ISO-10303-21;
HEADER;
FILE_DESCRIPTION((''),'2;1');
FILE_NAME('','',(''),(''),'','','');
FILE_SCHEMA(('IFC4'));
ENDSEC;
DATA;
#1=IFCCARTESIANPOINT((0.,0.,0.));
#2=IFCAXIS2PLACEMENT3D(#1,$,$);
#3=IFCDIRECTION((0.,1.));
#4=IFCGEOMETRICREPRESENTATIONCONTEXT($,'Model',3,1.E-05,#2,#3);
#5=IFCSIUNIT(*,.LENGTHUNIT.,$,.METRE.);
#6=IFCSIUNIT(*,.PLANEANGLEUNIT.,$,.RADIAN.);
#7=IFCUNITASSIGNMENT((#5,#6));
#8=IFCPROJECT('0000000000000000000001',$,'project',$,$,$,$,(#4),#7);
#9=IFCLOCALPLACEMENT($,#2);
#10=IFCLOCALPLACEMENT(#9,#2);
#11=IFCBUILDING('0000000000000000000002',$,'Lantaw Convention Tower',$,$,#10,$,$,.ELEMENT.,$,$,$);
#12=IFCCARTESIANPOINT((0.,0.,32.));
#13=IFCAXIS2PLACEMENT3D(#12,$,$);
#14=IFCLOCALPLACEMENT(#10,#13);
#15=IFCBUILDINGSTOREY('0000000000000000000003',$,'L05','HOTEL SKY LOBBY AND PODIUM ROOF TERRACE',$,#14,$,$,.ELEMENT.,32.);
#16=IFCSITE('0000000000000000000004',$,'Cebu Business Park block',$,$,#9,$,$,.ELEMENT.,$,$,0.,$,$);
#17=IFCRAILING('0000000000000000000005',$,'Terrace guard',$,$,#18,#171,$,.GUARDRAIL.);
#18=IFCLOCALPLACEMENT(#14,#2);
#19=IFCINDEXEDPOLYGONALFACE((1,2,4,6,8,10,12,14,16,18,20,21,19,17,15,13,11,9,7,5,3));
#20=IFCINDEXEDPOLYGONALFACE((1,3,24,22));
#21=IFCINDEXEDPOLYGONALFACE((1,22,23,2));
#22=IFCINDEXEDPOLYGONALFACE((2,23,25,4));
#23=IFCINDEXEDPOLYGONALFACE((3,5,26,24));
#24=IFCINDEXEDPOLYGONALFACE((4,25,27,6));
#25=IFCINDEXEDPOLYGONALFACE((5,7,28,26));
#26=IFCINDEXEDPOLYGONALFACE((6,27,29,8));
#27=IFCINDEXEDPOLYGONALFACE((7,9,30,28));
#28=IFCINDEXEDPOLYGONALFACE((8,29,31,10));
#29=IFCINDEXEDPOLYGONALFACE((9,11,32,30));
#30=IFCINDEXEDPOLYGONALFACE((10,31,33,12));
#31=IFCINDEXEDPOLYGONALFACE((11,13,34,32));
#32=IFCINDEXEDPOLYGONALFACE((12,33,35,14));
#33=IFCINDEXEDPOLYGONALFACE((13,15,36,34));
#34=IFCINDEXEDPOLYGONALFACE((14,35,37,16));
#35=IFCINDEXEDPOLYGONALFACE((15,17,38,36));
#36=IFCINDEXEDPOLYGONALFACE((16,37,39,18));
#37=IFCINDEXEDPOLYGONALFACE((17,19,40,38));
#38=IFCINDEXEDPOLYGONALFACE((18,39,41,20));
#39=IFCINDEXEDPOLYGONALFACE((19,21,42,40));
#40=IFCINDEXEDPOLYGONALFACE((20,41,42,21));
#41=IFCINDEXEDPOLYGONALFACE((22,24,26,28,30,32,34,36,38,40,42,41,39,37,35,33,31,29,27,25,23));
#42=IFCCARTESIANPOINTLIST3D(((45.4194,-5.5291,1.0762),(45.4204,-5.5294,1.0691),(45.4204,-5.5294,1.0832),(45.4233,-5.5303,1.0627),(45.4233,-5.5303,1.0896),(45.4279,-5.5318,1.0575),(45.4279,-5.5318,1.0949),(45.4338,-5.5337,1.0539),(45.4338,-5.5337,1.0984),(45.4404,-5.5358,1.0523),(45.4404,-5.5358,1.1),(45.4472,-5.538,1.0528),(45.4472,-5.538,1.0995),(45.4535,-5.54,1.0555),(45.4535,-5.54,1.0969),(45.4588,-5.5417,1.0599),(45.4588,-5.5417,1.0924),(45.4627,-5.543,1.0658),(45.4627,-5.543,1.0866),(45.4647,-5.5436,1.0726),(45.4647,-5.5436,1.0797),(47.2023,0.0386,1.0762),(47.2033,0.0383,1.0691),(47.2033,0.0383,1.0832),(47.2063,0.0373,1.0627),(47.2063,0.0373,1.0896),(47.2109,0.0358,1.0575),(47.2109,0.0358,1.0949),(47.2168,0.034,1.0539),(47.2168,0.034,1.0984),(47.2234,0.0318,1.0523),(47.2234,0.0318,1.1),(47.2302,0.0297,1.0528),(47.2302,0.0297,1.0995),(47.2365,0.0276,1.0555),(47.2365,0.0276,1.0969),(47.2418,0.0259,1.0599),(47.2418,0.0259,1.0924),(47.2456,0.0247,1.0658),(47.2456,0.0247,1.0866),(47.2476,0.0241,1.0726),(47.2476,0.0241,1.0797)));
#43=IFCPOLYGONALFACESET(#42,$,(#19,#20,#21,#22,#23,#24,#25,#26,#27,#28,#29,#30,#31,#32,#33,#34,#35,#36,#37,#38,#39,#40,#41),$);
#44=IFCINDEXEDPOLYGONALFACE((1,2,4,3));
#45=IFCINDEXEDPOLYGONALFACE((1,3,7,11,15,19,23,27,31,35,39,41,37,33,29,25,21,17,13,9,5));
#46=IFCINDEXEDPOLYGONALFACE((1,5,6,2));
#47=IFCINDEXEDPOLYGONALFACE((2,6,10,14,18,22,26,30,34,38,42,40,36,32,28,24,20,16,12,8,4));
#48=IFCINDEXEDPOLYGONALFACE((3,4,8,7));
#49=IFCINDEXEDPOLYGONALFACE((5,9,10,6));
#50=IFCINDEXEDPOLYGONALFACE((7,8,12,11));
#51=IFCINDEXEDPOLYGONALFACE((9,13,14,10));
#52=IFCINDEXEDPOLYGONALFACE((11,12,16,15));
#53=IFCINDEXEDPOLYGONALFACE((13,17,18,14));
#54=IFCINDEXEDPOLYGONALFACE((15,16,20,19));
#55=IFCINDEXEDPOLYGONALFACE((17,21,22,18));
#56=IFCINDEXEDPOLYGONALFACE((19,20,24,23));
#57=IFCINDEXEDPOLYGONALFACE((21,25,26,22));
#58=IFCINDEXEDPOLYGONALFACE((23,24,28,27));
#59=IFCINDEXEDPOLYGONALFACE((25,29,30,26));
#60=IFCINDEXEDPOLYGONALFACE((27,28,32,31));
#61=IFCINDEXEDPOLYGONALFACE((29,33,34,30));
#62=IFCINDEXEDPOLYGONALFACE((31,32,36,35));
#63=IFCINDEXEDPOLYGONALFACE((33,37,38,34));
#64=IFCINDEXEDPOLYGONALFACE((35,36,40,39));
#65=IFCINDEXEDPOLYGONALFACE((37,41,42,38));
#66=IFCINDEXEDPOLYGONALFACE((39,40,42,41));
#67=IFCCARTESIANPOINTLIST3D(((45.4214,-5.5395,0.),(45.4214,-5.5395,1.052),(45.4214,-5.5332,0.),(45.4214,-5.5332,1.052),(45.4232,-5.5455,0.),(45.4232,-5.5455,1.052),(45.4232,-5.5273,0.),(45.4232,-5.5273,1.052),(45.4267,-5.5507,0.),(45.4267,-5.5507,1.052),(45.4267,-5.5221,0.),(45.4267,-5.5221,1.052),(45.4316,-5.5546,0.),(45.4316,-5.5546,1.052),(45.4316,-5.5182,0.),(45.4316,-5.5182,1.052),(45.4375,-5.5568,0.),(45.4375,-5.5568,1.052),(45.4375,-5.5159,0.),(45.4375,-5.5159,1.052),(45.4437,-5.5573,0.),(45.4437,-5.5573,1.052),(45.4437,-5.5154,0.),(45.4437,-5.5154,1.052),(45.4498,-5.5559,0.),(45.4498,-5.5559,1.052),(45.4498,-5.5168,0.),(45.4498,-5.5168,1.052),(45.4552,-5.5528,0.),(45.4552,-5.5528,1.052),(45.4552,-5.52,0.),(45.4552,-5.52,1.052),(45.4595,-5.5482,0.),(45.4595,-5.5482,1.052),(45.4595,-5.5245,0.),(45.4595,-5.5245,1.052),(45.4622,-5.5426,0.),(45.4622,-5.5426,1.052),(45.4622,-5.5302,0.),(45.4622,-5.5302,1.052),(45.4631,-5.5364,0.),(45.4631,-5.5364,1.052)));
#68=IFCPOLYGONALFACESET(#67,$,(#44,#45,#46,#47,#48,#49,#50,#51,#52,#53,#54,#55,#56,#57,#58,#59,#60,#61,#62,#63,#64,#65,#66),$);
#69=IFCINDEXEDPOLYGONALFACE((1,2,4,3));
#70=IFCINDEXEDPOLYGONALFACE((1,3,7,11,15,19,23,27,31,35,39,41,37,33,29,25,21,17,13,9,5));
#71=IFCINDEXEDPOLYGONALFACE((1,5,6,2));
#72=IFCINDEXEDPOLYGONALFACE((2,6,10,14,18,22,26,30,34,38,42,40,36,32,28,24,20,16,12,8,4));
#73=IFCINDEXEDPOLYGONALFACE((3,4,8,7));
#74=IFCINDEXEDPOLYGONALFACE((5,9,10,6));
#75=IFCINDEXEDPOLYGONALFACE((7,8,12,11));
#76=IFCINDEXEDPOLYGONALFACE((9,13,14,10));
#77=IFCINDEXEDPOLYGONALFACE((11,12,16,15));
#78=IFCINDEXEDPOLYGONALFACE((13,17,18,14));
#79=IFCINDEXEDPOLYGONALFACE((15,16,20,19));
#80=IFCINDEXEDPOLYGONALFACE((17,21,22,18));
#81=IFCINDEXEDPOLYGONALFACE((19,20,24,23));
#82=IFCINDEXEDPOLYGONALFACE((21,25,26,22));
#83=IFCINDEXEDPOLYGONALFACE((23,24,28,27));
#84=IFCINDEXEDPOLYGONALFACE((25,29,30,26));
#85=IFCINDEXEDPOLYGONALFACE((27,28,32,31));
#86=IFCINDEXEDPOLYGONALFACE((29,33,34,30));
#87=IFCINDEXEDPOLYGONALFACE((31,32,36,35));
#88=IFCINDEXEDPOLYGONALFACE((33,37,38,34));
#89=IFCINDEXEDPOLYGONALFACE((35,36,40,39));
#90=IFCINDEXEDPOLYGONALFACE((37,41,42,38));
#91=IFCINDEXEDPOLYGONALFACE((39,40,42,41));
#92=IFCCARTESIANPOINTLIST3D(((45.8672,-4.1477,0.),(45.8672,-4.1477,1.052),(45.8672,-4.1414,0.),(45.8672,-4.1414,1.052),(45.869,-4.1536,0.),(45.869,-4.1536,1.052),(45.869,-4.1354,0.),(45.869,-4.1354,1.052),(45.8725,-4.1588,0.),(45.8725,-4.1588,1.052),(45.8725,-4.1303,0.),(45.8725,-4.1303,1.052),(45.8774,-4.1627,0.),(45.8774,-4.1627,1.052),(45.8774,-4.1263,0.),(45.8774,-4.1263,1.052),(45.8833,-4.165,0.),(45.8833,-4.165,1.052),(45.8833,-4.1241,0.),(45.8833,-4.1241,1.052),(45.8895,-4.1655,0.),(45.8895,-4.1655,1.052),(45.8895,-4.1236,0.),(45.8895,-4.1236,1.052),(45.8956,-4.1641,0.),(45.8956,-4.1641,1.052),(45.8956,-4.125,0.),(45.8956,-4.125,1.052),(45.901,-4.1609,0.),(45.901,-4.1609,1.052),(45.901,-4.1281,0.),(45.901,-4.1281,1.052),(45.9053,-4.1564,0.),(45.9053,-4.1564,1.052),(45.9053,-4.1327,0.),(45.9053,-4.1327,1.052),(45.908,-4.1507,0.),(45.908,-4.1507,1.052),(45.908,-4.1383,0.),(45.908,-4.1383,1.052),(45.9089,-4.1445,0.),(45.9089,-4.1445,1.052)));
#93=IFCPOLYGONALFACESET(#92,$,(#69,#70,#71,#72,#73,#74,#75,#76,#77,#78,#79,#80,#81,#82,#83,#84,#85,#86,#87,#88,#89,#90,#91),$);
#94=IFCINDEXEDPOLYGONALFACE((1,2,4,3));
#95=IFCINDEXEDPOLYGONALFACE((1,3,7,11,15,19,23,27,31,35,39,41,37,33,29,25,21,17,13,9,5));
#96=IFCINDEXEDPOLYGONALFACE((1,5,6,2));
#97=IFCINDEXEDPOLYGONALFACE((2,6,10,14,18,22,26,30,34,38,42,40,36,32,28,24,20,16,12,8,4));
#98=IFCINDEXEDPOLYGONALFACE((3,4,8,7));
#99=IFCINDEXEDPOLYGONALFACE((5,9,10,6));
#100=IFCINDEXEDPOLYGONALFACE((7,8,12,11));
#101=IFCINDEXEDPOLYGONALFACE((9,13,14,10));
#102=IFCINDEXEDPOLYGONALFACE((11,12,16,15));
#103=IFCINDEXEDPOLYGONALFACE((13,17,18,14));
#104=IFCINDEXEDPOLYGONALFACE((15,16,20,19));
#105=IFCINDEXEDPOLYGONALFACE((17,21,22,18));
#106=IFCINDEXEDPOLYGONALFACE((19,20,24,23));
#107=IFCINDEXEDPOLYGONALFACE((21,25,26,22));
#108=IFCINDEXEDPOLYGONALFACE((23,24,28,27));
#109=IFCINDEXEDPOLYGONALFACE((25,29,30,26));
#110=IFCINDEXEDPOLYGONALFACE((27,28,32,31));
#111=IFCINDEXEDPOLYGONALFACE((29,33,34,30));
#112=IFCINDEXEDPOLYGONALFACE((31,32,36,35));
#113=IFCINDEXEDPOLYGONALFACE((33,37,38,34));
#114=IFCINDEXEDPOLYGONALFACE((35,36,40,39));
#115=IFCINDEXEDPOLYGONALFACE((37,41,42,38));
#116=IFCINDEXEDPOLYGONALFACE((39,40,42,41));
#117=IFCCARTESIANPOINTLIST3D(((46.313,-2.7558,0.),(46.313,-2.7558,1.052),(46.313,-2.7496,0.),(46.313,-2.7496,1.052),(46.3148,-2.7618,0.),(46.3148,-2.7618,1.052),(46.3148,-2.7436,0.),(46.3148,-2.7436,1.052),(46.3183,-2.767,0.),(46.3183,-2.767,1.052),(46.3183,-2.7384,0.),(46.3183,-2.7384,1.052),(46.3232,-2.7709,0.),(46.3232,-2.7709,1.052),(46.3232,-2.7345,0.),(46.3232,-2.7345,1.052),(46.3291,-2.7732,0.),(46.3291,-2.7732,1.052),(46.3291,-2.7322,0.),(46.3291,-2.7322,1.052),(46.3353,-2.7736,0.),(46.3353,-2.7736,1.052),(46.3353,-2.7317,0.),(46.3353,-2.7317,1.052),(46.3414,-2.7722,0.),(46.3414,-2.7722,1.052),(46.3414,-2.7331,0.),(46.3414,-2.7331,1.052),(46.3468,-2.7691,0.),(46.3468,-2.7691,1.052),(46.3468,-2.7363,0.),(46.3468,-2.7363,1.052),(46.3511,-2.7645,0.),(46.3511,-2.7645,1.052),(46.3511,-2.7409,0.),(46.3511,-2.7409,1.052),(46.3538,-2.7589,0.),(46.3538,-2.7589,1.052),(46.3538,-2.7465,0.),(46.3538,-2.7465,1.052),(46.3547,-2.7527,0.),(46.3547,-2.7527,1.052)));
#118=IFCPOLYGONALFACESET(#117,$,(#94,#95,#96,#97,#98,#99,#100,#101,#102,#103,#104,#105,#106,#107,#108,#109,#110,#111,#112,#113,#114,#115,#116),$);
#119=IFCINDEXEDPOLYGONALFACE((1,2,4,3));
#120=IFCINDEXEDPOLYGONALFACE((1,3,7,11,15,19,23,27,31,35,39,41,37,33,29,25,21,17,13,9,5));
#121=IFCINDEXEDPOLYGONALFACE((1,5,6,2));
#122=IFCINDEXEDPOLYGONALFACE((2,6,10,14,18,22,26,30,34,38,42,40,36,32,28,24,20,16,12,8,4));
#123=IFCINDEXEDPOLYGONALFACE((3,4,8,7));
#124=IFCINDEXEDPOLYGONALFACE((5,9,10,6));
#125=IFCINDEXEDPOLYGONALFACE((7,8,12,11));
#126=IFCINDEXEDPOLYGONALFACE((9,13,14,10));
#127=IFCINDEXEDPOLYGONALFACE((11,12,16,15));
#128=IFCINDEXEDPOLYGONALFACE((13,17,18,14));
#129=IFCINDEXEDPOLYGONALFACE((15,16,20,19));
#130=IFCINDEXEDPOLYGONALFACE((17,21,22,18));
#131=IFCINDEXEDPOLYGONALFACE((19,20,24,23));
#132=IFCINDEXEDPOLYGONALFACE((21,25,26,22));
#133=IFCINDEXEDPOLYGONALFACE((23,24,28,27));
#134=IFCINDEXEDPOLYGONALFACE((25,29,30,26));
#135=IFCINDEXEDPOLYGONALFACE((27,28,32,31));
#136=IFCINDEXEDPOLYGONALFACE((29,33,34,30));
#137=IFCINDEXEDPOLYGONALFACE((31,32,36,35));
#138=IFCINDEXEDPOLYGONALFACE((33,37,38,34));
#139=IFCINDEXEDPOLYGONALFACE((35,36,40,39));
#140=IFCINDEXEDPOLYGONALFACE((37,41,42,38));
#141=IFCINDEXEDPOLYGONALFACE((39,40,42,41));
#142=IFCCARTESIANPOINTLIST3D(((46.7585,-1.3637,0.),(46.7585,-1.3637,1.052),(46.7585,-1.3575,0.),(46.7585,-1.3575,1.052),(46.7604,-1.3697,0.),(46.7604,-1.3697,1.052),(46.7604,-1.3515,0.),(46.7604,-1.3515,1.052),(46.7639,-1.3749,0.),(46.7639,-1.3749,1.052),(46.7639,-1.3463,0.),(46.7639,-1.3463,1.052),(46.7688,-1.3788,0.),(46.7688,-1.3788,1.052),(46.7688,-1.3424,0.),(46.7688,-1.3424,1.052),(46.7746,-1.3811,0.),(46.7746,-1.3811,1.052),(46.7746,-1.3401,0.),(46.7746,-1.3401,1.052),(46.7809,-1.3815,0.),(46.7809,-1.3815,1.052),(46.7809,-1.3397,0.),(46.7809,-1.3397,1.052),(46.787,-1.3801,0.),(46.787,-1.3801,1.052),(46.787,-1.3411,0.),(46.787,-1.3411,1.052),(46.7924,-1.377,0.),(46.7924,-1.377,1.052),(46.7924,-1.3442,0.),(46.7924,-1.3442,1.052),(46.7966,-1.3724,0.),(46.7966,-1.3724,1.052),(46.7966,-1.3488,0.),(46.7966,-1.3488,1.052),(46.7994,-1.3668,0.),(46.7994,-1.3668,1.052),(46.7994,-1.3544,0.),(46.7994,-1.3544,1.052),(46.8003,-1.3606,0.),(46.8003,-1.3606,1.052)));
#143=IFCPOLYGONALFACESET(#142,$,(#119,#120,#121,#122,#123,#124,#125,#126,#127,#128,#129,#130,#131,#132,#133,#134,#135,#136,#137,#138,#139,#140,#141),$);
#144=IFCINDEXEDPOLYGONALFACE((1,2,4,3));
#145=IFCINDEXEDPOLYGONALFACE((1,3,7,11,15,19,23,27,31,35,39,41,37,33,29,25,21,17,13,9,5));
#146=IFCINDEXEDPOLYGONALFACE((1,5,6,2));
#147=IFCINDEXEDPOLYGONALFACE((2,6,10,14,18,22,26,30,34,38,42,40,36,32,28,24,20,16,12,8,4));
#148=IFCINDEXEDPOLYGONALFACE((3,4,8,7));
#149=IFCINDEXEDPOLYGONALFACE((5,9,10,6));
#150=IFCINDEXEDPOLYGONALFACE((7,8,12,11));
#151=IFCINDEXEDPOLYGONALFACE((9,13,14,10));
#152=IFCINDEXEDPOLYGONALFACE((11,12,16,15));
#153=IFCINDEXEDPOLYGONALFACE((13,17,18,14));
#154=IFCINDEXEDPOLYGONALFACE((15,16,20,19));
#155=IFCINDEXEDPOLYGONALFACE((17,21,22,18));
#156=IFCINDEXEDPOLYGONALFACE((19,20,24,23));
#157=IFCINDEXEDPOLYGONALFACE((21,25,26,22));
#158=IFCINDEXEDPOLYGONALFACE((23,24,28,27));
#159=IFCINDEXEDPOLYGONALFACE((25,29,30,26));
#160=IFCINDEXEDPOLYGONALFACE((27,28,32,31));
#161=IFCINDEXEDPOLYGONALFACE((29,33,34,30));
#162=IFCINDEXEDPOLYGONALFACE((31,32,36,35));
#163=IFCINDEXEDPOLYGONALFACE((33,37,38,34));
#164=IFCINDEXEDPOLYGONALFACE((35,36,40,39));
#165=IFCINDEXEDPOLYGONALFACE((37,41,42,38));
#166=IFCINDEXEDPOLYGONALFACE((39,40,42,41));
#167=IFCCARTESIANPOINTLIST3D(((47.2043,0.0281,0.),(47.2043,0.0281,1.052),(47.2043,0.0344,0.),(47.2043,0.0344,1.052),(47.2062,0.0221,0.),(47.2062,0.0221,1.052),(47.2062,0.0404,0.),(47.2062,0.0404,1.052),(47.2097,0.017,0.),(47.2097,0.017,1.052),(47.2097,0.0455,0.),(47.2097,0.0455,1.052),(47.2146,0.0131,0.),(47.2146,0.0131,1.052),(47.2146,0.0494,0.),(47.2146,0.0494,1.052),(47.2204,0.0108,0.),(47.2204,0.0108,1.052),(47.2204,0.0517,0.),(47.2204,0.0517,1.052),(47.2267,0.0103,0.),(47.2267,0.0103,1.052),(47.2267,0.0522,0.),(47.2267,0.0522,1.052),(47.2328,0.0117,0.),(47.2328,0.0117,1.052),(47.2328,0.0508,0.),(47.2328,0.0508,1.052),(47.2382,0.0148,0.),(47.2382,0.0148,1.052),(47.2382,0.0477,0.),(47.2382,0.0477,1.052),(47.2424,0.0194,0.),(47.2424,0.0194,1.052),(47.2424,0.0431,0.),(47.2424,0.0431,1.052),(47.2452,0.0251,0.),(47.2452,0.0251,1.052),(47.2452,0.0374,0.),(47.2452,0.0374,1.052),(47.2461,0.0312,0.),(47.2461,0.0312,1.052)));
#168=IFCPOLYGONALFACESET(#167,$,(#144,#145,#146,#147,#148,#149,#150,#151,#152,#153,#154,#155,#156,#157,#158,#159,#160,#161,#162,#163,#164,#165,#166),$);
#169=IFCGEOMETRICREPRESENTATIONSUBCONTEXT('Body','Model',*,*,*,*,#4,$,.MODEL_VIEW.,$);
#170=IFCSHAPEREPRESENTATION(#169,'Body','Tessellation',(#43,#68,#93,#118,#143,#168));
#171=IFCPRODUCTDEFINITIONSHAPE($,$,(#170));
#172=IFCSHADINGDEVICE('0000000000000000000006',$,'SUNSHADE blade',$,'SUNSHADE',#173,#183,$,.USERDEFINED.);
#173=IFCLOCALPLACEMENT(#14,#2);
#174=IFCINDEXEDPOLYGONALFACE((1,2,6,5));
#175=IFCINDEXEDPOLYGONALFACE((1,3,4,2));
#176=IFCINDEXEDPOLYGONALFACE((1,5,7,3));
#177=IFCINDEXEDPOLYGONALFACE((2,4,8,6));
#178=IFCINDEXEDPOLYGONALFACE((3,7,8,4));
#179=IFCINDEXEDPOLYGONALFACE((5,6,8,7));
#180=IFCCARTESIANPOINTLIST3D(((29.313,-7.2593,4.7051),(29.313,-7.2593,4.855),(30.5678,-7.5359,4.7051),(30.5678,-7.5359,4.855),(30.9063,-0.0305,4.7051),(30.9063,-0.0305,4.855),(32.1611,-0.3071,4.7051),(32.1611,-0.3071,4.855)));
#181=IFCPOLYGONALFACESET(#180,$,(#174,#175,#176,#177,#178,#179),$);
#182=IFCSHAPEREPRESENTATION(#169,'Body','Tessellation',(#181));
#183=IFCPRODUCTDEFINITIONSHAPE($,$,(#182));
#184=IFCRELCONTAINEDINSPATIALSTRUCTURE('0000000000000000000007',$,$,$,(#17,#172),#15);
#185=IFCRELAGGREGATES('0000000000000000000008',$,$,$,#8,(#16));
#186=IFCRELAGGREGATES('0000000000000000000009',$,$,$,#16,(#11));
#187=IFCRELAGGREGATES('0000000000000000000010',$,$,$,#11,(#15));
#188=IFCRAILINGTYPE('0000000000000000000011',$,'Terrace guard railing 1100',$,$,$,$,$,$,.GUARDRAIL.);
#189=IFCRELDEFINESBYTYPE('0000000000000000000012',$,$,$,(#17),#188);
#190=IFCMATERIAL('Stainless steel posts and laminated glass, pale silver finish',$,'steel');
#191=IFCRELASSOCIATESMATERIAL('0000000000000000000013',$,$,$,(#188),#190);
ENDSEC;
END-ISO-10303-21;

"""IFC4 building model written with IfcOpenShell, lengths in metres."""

from ifc_helpers import new_model, si_unit, direction, frame, origin, origin_2d, place, context, subcontext, project, spatial, rectangle, circle, extrude, material, type_object, element, save


model = new_model("IFC4")

# Units and contexts
model_context = context("Model", 3, precision=1e-05, world=origin(), true_north=direction((0.0, 1.0)))
body_context = subcontext(model_context, "Body", "Model", "MODEL_VIEW")
ifc_project = project(units=[si_unit("LENGTHUNIT", "METRE"), si_unit("PLANEANGLEUNIT", "RADIAN")], contexts=[model_context])

# Site, building, storey
site_placement = place(None, origin())
site = spatial("IfcSite", under=ifc_project, at=site_placement, Name="Cebu Business Park block", CompositionType="ELEMENT", RefElevation=0.0)
building_placement = place(site_placement, origin())
building = spatial("IfcBuilding", under=site, at=building_placement, Name="Lantaw Convention Tower", CompositionType="ELEMENT")
storey_placement = place(building_placement, frame((0.0, 0.0, 32.0)))
storey = spatial("IfcBuildingStorey", under=building, at=storey_placement, Name="L05", Description="HOTEL SKY LOBBY AND PODIUM ROOF TERRACE", CompositionType="ELEMENT", Elevation=32.0)

# Railing
ifc_material_1 = material(Name="Stainless steel posts and laminated glass, pale silver finish", Category="steel")
railing_type_1 = type_object("IfcRailingType", Name="Terrace guard railing 1100", PredefinedType="GUARDRAIL", material=ifc_material_1)
railing_1_placement = place(storey_placement, frame((45.4421, -5.5364, 0.0)))
element("IfcRailing", 1, at=railing_1_placement, inside=storey, type_object=railing_type_1, Name="Terrace guard", PredefinedType="GUARDRAIL", context=body_context, shape_type="SweptSolid", body=[
    extrude(circle(Radius=0.0239, at=origin_2d()), frame((0.0, 0.0, 1.0762), z_axis=(0.30498, 0.952359, 0.0), x_axis=(-0.952359, 0.30498, 0.0)), (0.0, 0.0, 1.0), 5.8462),
    extrude(circle(Radius=0.021, at=origin_2d()), origin(), (0.0, 0.0, 1.0), 1.052),
    extrude(circle(Radius=0.021, at=origin_2d()), frame((0.4458, 1.3918, 0.0)), (0.0, 0.0, 1.0), 1.052),
    extrude(circle(Radius=0.021, at=origin_2d()), frame((0.8916, 2.7837, 0.0)), (0.0, 0.0, 1.0), 1.052),
    extrude(circle(Radius=0.021, at=origin_2d()), frame((1.3372, 4.1758, 0.0)), (0.0, 0.0, 1.0), 1.052),
    extrude(circle(Radius=0.021, at=origin_2d()), frame((1.783, 5.5676, 0.0)), (0.0, 0.0, 1.0), 1.052),
])

# Shading device
shading_device_placement = place(storey_placement, frame((30.7371, -3.7832, 4.7051), z_axis=(0.0, 0.0, 1.0), x_axis=(0.215246, 0.97656, 0.0)))
element("IfcShadingDevice", 2, at=shading_device_placement, inside=storey, Name="SUNSHADE blade", ObjectType="SUNSHADE", PredefinedType="USERDEFINED", context=body_context, shape_type="SweptSolid", body=[
    extrude(rectangle(XDim=7.4023, YDim=1.2849, at=origin_2d()), origin(), (0.0, 0.0, 1.0), 0.1499),
])

save(model, "model.ifc")
